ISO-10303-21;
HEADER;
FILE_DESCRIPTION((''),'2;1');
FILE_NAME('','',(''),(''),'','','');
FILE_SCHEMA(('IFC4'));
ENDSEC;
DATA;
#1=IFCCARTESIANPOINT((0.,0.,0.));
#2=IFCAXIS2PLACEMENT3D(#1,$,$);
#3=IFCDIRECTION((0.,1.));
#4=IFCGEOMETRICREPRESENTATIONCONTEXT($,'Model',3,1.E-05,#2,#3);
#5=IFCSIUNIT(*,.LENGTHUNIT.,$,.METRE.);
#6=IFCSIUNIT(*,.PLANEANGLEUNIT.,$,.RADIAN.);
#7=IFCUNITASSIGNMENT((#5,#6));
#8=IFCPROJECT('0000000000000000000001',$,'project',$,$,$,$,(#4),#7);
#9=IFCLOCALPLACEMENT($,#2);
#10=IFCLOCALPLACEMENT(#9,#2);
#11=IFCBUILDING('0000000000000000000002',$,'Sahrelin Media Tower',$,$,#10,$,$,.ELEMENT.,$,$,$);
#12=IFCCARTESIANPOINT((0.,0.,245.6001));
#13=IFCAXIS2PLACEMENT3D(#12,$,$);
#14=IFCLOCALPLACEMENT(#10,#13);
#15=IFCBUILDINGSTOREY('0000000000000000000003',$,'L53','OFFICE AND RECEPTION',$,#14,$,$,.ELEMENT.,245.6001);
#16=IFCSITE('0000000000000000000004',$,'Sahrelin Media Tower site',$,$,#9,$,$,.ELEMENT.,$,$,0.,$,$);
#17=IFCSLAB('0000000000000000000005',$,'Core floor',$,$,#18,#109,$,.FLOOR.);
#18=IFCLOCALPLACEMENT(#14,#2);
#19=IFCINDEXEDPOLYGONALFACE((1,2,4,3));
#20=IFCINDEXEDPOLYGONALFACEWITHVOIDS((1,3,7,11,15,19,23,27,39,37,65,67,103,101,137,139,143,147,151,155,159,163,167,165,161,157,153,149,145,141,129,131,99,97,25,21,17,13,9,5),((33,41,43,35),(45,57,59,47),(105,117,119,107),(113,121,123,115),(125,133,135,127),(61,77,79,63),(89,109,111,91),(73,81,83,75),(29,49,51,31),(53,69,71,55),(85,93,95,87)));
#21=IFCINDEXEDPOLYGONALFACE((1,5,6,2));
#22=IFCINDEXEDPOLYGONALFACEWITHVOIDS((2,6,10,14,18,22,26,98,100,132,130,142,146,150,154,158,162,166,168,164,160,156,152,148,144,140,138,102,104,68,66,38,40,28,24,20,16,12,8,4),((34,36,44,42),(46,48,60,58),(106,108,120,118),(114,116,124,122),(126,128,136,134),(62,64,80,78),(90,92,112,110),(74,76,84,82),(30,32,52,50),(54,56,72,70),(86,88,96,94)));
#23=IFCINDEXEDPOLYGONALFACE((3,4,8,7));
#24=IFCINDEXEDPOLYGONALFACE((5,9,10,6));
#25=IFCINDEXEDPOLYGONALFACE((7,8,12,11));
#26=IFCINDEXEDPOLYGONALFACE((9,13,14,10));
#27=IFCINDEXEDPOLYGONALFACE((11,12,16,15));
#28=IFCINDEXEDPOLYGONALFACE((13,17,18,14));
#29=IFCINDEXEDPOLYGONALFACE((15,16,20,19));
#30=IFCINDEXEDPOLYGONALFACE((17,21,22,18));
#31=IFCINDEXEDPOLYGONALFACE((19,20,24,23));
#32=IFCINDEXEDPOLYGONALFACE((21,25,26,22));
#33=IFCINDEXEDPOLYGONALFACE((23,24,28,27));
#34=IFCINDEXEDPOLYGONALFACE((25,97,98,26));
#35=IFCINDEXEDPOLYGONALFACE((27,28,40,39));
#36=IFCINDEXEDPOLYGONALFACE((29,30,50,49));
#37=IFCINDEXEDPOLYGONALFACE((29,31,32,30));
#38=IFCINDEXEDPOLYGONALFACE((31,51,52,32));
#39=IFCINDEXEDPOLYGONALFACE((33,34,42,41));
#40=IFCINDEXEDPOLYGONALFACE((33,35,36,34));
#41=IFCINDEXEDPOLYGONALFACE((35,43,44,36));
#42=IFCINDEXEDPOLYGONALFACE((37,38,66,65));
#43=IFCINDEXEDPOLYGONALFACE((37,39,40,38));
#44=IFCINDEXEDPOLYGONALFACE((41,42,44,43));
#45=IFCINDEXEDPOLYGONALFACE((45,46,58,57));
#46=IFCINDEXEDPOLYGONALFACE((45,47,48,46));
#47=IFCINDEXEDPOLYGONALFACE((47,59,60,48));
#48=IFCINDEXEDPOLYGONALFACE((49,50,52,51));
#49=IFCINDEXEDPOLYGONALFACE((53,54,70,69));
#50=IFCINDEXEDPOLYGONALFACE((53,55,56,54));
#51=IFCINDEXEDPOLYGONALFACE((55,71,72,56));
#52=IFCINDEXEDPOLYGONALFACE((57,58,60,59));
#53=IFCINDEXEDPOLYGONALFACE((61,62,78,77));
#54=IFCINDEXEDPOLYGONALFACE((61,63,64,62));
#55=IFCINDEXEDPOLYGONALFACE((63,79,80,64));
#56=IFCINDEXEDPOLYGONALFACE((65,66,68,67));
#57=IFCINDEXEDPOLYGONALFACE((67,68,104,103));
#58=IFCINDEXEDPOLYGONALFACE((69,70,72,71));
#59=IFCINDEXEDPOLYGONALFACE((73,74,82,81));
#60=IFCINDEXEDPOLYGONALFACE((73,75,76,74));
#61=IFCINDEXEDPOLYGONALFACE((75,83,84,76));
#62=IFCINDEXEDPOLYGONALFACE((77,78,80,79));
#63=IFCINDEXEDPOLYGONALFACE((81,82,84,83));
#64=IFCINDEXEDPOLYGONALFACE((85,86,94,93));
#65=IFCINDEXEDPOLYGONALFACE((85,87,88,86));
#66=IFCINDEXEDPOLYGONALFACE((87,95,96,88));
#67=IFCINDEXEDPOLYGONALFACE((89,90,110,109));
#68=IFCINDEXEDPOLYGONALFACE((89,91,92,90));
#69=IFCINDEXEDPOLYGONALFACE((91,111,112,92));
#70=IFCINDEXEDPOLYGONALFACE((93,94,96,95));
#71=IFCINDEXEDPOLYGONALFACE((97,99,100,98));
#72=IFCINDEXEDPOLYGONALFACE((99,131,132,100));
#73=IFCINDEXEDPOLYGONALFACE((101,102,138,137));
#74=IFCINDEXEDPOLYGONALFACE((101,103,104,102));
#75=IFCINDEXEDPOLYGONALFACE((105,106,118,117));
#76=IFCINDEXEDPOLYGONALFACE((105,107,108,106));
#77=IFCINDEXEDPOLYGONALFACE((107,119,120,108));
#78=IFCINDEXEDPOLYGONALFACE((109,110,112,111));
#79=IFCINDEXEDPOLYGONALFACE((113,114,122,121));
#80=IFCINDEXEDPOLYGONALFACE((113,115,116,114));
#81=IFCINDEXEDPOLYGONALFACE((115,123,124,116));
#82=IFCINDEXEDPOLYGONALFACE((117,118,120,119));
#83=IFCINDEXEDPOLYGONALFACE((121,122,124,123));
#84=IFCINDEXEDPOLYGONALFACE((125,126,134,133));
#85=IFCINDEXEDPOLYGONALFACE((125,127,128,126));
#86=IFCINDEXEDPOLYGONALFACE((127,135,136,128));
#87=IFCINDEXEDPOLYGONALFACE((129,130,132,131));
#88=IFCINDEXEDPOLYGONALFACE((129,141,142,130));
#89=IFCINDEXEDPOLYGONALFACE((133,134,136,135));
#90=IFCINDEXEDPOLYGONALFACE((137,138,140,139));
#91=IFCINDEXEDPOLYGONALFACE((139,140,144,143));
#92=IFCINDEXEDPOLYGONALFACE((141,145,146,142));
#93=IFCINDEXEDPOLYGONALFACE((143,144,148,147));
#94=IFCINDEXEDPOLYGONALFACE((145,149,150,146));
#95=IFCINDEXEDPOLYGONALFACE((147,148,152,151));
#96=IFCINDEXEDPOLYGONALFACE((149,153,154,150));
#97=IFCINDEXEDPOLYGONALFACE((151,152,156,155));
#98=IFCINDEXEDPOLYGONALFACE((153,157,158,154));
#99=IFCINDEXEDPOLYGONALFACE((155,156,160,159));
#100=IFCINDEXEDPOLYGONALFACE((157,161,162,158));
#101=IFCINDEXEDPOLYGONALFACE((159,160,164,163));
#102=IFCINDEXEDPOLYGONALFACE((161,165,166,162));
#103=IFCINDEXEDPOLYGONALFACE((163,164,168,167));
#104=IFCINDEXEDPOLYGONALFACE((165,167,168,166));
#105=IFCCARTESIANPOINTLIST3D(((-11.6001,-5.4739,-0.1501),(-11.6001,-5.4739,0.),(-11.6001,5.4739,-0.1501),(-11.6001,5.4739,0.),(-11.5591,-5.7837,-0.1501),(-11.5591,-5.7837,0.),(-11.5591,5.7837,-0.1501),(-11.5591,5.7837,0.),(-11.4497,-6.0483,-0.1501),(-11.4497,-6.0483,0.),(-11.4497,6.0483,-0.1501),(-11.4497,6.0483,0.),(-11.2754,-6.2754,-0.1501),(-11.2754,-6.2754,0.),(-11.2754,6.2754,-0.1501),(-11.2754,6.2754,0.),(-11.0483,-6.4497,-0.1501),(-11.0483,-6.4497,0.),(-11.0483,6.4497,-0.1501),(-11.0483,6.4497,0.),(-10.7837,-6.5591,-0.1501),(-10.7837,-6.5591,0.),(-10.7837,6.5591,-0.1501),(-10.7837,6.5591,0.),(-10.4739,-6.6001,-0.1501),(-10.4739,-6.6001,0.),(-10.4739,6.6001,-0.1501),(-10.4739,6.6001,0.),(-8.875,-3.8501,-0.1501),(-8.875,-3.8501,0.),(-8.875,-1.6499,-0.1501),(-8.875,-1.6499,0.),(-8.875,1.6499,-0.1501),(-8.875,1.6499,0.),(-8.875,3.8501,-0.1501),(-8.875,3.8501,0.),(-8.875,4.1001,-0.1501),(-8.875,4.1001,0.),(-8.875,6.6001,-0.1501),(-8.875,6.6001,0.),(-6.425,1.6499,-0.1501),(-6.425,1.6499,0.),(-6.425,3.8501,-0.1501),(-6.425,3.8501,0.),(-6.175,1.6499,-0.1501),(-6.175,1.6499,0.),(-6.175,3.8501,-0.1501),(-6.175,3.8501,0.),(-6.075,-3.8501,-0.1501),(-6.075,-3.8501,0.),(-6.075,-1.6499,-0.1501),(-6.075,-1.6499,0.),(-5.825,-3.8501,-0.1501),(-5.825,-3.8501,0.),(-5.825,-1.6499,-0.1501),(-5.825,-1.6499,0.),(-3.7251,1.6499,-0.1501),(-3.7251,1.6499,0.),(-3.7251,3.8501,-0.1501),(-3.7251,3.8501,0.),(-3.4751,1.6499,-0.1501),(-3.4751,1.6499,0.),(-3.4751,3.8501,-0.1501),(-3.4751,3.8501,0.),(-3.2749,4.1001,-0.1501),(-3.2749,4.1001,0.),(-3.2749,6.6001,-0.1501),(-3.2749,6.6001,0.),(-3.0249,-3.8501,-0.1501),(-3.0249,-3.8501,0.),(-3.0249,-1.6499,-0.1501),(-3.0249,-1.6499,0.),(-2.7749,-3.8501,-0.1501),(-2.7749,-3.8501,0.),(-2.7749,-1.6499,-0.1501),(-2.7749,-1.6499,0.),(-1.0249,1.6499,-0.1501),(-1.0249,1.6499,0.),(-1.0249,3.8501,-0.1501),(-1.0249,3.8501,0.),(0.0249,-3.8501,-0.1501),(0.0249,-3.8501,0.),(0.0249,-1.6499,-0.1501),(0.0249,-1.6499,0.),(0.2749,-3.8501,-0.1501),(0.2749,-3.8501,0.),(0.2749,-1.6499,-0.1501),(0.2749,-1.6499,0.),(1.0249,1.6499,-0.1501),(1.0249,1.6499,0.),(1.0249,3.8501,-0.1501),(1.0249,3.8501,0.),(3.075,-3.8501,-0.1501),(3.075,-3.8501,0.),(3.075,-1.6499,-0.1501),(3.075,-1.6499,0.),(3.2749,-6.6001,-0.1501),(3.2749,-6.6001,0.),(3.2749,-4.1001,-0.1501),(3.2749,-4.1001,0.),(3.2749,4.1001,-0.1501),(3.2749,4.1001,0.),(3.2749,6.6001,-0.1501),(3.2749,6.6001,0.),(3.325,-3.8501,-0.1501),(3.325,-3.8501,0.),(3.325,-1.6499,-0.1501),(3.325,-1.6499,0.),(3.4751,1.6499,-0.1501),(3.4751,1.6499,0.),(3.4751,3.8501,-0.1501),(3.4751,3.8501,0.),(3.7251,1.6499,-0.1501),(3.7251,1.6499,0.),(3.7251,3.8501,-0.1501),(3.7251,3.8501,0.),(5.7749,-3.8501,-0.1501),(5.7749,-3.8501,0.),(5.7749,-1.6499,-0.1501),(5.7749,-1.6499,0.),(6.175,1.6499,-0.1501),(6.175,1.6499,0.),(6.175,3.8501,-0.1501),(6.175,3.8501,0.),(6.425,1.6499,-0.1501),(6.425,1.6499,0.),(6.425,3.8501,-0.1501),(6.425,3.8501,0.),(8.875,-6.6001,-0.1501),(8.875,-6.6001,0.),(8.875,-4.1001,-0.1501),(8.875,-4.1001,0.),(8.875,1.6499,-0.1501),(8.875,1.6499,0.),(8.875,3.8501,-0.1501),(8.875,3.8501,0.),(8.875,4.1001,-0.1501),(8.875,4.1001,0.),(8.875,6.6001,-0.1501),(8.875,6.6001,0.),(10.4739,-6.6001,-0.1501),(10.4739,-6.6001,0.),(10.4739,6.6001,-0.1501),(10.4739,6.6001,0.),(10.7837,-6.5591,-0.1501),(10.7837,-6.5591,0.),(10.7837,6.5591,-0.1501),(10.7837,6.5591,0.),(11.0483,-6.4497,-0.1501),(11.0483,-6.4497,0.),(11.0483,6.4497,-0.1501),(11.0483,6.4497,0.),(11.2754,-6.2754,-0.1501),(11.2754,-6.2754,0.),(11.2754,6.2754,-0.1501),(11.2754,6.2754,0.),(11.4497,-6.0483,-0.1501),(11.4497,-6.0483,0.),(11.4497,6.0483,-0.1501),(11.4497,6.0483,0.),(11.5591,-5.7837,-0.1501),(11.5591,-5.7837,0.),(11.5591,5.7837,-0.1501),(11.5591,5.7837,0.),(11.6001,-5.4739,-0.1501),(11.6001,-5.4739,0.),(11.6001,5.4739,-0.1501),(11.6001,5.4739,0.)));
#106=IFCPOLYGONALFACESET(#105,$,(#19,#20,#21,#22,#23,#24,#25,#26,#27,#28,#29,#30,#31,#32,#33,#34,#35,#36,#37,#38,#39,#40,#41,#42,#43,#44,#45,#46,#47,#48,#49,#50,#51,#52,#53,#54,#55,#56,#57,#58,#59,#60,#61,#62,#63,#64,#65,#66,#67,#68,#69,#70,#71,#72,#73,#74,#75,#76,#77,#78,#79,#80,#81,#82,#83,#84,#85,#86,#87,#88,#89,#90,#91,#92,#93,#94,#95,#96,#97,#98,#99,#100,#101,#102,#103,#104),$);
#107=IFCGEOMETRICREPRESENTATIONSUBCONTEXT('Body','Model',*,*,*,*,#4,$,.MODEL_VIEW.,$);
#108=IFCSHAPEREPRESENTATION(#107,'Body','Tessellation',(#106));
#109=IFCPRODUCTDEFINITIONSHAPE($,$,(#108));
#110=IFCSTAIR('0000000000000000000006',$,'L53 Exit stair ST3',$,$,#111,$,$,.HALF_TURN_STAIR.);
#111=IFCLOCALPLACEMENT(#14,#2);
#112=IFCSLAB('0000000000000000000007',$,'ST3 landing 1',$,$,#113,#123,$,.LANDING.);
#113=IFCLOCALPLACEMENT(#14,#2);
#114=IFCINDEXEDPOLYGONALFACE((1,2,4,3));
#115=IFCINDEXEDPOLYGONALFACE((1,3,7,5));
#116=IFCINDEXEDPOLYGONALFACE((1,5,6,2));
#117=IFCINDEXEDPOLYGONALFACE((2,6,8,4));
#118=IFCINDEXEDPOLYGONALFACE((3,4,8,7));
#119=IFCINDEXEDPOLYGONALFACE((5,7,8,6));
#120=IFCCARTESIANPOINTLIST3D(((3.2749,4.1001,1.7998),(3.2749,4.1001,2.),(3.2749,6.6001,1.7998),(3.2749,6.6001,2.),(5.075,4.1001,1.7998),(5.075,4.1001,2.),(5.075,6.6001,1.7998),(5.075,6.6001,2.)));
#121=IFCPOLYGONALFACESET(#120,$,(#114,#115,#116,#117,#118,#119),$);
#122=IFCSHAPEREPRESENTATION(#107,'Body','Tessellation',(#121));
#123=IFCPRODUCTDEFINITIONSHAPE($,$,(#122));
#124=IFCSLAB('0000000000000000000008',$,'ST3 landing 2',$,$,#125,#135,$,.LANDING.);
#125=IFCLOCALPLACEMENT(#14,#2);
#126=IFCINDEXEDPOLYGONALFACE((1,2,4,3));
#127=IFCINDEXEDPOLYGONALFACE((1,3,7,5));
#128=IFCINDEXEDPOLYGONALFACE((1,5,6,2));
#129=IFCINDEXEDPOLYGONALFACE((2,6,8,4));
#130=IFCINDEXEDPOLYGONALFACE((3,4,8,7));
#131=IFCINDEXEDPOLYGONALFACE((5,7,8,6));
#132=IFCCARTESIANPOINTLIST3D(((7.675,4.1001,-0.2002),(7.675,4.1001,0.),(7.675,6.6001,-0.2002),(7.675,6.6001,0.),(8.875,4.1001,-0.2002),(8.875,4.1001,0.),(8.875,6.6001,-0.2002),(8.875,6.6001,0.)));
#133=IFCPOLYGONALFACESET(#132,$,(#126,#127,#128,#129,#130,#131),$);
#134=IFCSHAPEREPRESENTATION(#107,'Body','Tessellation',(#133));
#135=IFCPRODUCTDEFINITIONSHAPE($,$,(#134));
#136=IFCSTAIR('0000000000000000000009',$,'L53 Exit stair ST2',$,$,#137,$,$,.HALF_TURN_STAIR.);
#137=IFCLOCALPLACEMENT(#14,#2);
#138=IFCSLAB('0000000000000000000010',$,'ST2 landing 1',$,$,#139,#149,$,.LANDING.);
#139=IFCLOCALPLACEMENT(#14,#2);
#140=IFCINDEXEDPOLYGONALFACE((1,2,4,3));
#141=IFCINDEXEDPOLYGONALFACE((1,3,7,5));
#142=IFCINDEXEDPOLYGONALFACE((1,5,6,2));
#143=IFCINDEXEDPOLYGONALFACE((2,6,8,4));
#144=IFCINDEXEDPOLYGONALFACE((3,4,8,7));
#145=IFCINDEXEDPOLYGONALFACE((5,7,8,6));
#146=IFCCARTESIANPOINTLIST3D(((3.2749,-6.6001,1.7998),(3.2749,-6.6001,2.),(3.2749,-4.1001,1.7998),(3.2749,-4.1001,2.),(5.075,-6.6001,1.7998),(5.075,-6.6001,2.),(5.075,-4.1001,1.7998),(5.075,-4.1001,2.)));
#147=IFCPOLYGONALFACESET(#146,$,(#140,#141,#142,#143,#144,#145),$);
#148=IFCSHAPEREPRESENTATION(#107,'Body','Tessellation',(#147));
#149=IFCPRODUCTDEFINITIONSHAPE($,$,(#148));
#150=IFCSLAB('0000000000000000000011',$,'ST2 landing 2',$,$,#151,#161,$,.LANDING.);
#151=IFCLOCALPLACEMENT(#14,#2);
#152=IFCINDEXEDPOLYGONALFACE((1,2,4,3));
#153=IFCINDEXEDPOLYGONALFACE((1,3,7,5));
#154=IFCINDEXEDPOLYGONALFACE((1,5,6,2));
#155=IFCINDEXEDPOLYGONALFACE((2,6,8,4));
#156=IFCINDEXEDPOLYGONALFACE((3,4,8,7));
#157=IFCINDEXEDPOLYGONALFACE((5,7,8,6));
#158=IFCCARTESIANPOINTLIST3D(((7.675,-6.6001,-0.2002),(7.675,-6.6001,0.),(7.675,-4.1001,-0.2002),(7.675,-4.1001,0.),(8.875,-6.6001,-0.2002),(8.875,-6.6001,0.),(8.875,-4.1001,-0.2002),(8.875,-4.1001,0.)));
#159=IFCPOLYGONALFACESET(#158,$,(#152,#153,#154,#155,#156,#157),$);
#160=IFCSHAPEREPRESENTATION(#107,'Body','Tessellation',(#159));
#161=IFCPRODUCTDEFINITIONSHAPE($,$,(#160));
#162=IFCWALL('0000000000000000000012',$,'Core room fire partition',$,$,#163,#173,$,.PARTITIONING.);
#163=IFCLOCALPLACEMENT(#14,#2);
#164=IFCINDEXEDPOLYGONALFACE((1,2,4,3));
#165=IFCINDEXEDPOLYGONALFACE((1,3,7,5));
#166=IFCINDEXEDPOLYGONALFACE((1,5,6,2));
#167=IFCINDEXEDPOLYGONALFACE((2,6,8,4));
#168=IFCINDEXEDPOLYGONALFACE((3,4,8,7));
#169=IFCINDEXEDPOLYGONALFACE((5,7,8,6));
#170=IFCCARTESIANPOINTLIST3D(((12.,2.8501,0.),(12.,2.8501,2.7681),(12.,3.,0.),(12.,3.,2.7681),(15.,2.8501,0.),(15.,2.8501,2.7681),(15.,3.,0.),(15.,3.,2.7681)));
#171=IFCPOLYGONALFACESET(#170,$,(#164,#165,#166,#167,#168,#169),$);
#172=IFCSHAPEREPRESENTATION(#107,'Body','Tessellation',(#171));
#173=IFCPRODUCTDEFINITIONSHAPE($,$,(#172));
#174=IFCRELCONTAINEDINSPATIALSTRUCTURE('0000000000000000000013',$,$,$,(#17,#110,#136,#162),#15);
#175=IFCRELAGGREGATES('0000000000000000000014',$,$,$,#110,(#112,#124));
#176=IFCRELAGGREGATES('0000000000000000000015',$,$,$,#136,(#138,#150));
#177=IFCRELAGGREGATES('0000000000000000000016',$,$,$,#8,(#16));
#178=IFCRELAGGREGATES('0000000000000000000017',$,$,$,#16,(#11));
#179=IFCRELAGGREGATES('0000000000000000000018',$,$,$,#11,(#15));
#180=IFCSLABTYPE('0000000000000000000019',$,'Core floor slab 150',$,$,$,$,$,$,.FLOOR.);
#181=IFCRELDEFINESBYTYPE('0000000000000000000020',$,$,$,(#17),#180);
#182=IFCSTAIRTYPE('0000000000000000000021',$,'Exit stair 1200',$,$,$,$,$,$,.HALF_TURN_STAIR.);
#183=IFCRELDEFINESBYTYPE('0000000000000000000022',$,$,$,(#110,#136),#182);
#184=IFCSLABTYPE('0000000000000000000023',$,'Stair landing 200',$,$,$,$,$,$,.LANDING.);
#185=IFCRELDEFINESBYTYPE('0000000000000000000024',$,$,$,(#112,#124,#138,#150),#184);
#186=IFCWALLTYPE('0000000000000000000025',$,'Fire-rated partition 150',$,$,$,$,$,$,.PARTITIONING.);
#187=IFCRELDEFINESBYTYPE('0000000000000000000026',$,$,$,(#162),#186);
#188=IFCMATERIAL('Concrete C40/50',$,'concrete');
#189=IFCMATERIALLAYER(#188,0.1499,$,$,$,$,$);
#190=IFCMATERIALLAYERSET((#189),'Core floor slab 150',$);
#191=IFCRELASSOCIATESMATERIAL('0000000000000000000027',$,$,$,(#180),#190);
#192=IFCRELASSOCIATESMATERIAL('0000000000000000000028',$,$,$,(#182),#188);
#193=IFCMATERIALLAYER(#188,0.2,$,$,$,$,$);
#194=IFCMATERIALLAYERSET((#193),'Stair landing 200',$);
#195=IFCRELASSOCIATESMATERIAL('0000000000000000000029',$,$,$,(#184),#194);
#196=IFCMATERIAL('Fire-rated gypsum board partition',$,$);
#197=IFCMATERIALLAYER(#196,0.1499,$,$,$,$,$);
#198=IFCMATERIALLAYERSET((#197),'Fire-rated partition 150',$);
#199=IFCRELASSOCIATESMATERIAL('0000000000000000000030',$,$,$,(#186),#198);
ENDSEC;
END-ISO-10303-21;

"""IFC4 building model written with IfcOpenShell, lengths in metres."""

from ifc_helpers import new_model, si_unit, direction, frame, frame_2d, origin, place, context, subcontext, project, spatial, polyline, rectangle, outline, extrude, material, layer, layer_set, type_object, element, aggregate, save


model = new_model("IFC4")

# Units and contexts
model_context = context("Model", 3, precision=1e-05, world=origin(), true_north=direction((0.0, 1.0)))
body_context = subcontext(model_context, "Body", "Model", "MODEL_VIEW")
ifc_project = project(units=[si_unit("LENGTHUNIT", "METRE"), si_unit("PLANEANGLEUNIT", "RADIAN")], contexts=[model_context])

# Site, building, storey
site_placement = place(None, origin())
site = spatial("IfcSite", under=ifc_project, at=site_placement, Name="Sahrelin Media Tower site", CompositionType="ELEMENT", RefElevation=0.0)
building_placement = place(site_placement, origin())
building = spatial("IfcBuilding", under=site, at=building_placement, Name="Sahrelin Media Tower", CompositionType="ELEMENT")
storey_placement = place(building_placement, frame((0.0, 0.0, 245.6001)))
storey = spatial("IfcBuildingStorey", under=building, at=storey_placement, Name="L53", Description="OFFICE AND RECEPTION", CompositionType="ELEMENT", Elevation=245.6001)

# Slab
ifc_material_1 = material(Name="Concrete C40/50", Category="concrete")
ifc_layer_1 = layer(ifc_material_1, 0.1499)
ifc_layer_set_1 = layer_set([ifc_layer_1], Name="Core floor slab 150")
slab_type_1 = type_object("IfcSlabType", Name="Core floor slab 150", PredefinedType="FLOOR", material=ifc_layer_set_1)
slab_1_placement = place(storey_placement, frame((0.0, 0.0, -0.1501)))
element("IfcSlab", 1, at=slab_1_placement, inside=storey, type_object=slab_type_1, Name="Core floor", PredefinedType="FLOOR", context=body_context, shape_type="SweptSolid", body=[
    extrude(outline(polyline([(-11.6001, -5.4739), (-11.5591, -5.7837), (-11.4497, -6.0483), (-11.2754, -6.2754), (-11.0483, -6.4497), (-10.7837, -6.5591), (-10.4739, -6.6001), (3.2749, -6.6001), (3.2749, -4.1001), (8.875, -4.1001), (8.875, -6.6001), (10.4739, -6.6001), (10.7837, -6.5591), (11.0483, -6.4497), (11.2754, -6.2754), (11.4497, -6.0483), (11.5591, -5.7837), (11.6001, -5.4739), (11.6001, 5.4739), (11.5591, 5.7837), (11.4497, 6.0483), (11.2754, 6.2754), (11.0483, 6.4497), (10.7837, 6.5591), (10.4739, 6.6001), (8.875, 6.6001), (8.875, 4.1001), (3.2749, 4.1001), (3.2749, 6.6001), (-3.2749, 6.6001), (-3.2749, 4.1001), (-8.875, 4.1001), (-8.875, 6.6001), (-10.4739, 6.6001), (-10.7837, 6.5591), (-11.0483, 6.4497), (-11.2754, 6.2754), (-11.4497, 6.0483), (-11.5591, 5.7837), (-11.6001, 5.4739), (-11.6001, -5.4739)]), holes=[polyline([(-8.875, 3.8501), (-8.875, 1.6499), (-6.425, 1.6499), (-6.425, 3.8501), (-8.875, 3.8501)]), polyline([(-3.7251, 3.8501), (-6.175, 3.8501), (-6.175, 1.6499), (-3.7251, 1.6499), (-3.7251, 3.8501)]), polyline([(-1.0249, 1.6499), (-1.0249, 3.8501), (-3.4751, 3.8501), (-3.4751, 1.6499), (-1.0249, 1.6499)]), polyline([(1.0249, 1.6499), (3.4751, 1.6499), (3.4751, 3.8501), (1.0249, 3.8501), (1.0249, 1.6499)]), polyline([(3.7251, 3.8501), (3.7251, 1.6499), (6.175, 1.6499), (6.175, 3.8501), (3.7251, 3.8501)]), polyline([(8.875, 3.8501), (6.425, 3.8501), (6.425, 1.6499), (8.875, 1.6499), (8.875, 3.8501)]), polyline([(-6.075, -3.8501), (-6.075, -1.6499), (-8.875, -1.6499), (-8.875, -3.8501), (-6.075, -3.8501)]), polyline([(-5.825, -3.8501), (-3.0249, -3.8501), (-3.0249, -1.6499), (-5.825, -1.6499), (-5.825, -3.8501)]), polyline([(-2.7749, -1.6499), (-2.7749, -3.8501), (0.0249, -3.8501), (0.0249, -1.6499), (-2.7749, -1.6499)]), polyline([(3.075, -1.6499), (0.2749, -1.6499), (0.2749, -3.8501), (3.075, -3.8501), (3.075, -1.6499)]), polyline([(5.7749, -3.8501), (5.7749, -1.6499), (3.325, -1.6499), (3.325, -3.8501), (5.7749, -3.8501)])]), origin(), (0.0, 0.0, 1.0), 0.1501),
])

# Stairs, slabs
stair_type = type_object("IfcStairType", Name="Exit stair 1200", PredefinedType="HALF_TURN_STAIR", material=ifc_material_1)
placement_1 = place(storey_placement, origin())
stair_1 = element("IfcStair", 2, at=placement_1, inside=storey, type_object=stair_type, Name="L53 Exit stair ST3", PredefinedType="HALF_TURN_STAIR")
ifc_layer_2 = layer(ifc_material_1, 0.2)
ifc_layer_set_2 = layer_set([ifc_layer_2], Name="Stair landing 200")
slab_type_2 = type_object("IfcSlabType", Name="Stair landing 200", PredefinedType="LANDING", material=ifc_layer_set_2)
placement_2 = place(storey_placement, frame((0.0, 0.0, 1.7998)))
slab_2 = element("IfcSlab", 3, at=placement_2, type_object=slab_type_2, Name="ST3 landing 1", PredefinedType="LANDING", context=body_context, shape_type="SweptSolid", body=[
    extrude(outline(polyline([(5.075, 6.6001), (3.2749, 6.6001), (3.2749, 4.1001), (5.075, 4.1001), (5.075, 6.6001)])), origin(), (0.0, 0.0, 1.0), 0.2002),
])
placement_3 = place(storey_placement, frame((0.0, 0.0, -0.2002)))
slab_3 = element("IfcSlab", 4, at=placement_3, type_object=slab_type_2, Name="ST3 landing 2", PredefinedType="LANDING", context=body_context, shape_type="SweptSolid", body=[
    extrude(outline(polyline([(8.875, 6.6001), (7.675, 6.6001), (7.675, 4.1001), (8.875, 4.1001), (8.875, 6.6001)])), origin(), (0.0, 0.0, 1.0), 0.2002),
])
aggregate(stair_1, [slab_2, slab_3])
stair_2 = element("IfcStair", 5, at=placement_1, inside=storey, type_object=stair_type, Name="L53 Exit stair ST2", PredefinedType="HALF_TURN_STAIR")
slab_4 = element("IfcSlab", 6, at=placement_2, type_object=slab_type_2, Name="ST2 landing 1", PredefinedType="LANDING", context=body_context, shape_type="SweptSolid", body=[
    extrude(outline(polyline([(5.075, -4.1001), (3.2749, -4.1001), (3.2749, -6.6001), (5.075, -6.6001), (5.075, -4.1001)])), origin(), (0.0, 0.0, 1.0), 0.2002),
])
slab_5 = element("IfcSlab", 7, at=placement_3, type_object=slab_type_2, Name="ST2 landing 2", PredefinedType="LANDING", context=body_context, shape_type="SweptSolid", body=[
    extrude(outline(polyline([(8.875, -4.1001), (7.675, -4.1001), (7.675, -6.6001), (8.875, -6.6001), (8.875, -4.1001)])), origin(), (0.0, 0.0, 1.0), 0.2002),
])
aggregate(stair_2, [slab_4, slab_5])

# Wall
ifc_material_2 = material(Name="Fire-rated gypsum board partition")
ifc_layer_3 = layer(ifc_material_2, 0.1499)
ifc_layer_set_3 = layer_set([ifc_layer_3], Name="Fire-rated partition 150")
wall_type_1 = type_object("IfcWallType", Name="Fire-rated partition 150", PredefinedType="PARTITIONING", material=ifc_layer_set_3)
wall_1_placement = place(storey_placement, frame((12.0, 2.925, 0.0), z_axis=(0.0, 0.0, 1.0), x_axis=(1.0, 0.0, 0.0)))
element("IfcWall", 8, at=wall_1_placement, inside=storey, type_object=wall_type_1, Name="Core room fire partition", PredefinedType="PARTITIONING", context=body_context, shape_type="SweptSolid", body=[
    extrude(rectangle(XDim=3.0, YDim=0.1499, at=frame_2d((1.5, 0.0))), origin(), (0.0, 0.0, 1.0), 2.7681),
])

save(model, "model.ifc")
